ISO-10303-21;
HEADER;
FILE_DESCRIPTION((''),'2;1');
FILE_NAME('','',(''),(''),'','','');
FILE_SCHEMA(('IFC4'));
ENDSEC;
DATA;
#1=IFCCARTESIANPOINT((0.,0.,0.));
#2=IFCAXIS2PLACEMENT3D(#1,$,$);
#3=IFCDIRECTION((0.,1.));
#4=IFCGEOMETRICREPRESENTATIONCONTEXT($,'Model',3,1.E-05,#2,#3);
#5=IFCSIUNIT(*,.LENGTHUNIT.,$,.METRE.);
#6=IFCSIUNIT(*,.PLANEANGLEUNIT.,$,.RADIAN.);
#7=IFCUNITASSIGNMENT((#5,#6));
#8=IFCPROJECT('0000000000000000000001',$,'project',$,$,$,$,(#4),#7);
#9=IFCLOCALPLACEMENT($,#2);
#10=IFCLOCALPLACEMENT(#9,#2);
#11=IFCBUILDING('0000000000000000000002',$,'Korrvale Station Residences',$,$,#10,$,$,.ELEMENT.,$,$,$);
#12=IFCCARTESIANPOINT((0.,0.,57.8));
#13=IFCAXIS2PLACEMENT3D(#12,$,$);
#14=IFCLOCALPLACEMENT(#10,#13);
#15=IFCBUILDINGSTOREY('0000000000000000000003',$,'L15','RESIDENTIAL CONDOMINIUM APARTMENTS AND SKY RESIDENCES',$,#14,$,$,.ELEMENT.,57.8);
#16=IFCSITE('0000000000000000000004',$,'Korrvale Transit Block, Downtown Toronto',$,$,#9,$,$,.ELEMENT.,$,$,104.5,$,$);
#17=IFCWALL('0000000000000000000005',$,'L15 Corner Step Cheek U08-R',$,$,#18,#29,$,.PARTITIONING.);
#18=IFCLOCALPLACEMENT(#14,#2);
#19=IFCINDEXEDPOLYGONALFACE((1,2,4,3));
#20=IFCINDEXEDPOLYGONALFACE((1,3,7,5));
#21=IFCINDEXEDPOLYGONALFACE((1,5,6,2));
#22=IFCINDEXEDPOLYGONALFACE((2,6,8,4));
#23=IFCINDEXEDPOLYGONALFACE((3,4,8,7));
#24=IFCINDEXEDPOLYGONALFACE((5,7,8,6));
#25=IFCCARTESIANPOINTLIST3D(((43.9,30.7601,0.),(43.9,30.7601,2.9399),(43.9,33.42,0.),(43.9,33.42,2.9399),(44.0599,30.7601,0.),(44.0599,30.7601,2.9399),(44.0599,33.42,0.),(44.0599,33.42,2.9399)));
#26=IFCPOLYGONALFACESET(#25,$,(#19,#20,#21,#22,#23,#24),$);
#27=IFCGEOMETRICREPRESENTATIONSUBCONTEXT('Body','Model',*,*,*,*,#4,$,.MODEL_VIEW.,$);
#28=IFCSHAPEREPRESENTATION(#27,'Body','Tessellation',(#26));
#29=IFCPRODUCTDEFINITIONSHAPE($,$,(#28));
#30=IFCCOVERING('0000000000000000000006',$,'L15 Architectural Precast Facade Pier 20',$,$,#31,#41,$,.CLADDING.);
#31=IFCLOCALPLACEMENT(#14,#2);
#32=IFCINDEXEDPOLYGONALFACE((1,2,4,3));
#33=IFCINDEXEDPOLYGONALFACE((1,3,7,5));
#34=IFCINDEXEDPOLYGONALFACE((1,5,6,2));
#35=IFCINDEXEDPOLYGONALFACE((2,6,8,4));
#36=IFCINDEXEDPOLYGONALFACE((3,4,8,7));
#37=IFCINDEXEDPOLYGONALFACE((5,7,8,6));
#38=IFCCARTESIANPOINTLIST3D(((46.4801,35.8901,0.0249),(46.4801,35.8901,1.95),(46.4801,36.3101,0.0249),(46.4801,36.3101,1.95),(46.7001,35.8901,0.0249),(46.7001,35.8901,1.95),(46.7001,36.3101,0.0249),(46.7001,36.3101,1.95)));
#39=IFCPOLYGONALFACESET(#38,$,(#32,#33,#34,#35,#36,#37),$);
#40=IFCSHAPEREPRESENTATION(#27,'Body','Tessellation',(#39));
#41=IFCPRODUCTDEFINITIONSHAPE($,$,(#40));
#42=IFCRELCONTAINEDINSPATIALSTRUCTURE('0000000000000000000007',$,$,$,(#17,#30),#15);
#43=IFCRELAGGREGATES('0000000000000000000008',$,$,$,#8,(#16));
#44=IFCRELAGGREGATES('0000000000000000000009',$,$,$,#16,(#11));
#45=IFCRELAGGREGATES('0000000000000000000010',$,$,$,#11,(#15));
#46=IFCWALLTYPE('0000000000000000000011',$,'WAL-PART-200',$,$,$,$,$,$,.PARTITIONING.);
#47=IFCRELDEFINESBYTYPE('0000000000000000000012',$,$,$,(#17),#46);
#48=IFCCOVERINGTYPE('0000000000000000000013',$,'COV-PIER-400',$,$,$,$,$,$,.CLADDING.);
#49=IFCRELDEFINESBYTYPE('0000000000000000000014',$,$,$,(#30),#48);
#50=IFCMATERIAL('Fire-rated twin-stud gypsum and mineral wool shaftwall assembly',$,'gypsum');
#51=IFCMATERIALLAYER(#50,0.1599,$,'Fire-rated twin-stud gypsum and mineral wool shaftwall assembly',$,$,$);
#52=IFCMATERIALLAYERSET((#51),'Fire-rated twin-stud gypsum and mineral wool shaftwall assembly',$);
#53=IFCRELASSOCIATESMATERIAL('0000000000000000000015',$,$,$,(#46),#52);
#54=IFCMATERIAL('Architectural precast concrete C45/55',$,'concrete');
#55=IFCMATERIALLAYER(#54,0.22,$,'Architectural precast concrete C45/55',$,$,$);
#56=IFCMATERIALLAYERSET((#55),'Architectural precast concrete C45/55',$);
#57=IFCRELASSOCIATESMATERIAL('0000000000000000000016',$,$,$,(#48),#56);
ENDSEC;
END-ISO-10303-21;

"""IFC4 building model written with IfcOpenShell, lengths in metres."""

from ifc_helpers import new_model, si_unit, direction, frame, frame_2d, origin, origin_2d, place, context, subcontext, project, spatial, rectangle, extrude, material, layer, layer_set, type_object, element, save


model = new_model("IFC4")

# Units and contexts
model_context = context("Model", 3, precision=1e-05, world=origin(), true_north=direction((0.0, 1.0)))
body_context = subcontext(model_context, "Body", "Model", "MODEL_VIEW")
ifc_project = project(units=[si_unit("LENGTHUNIT", "METRE"), si_unit("PLANEANGLEUNIT", "RADIAN")], contexts=[model_context])

# Site, building, storey
site_placement = place(None, origin())
site = spatial("IfcSite", under=ifc_project, at=site_placement, Name="Korrvale Transit Block, Downtown Toronto", CompositionType="ELEMENT", RefElevation=104.5)
building_placement = place(site_placement, origin())
building = spatial("IfcBuilding", under=site, at=building_placement, Name="Korrvale Station Residences", CompositionType="ELEMENT")
storey_placement = place(building_placement, frame((0.0, 0.0, 57.8)))
storey = spatial("IfcBuildingStorey", under=building, at=storey_placement, Name="L15", Description="RESIDENTIAL CONDOMINIUM APARTMENTS AND SKY RESIDENCES", CompositionType="ELEMENT", Elevation=57.8)

# Wall
ifc_material_1 = material(Name="Fire-rated twin-stud gypsum and mineral wool shaftwall assembly", Category="gypsum")
ifc_layer_1 = layer(ifc_material_1, 0.1599, Name="Fire-rated twin-stud gypsum and mineral wool shaftwall assembly")
ifc_layer_set_1 = layer_set([ifc_layer_1], Name="Fire-rated twin-stud gypsum and mineral wool shaftwall assembly")
wall_type_1 = type_object("IfcWallType", Name="WAL-PART-200", PredefinedType="PARTITIONING", material=ifc_layer_set_1)
wall_1_placement = place(storey_placement, frame((43.98, 30.76, 0.0), z_axis=(0.0, 0.0, 1.0), x_axis=(0.0, 1.0, 0.0)))
element("IfcWall", 1, at=wall_1_placement, inside=storey, type_object=wall_type_1, Name="L15 Corner Step Cheek U08-R", PredefinedType="PARTITIONING", context=body_context, shape_type="SweptSolid", body=[
    extrude(rectangle(XDim=2.6599, YDim=0.1599, at=frame_2d((1.3301, 0.0))), origin(), (0.0, 0.0, 1.0), 2.9399),
])

# Covering
ifc_material_2 = material(Name="Architectural precast concrete C45/55", Category="concrete")
ifc_layer_2 = layer(ifc_material_2, 0.22, Name="Architectural precast concrete C45/55")
ifc_layer_set_2 = layer_set([ifc_layer_2], Name="Architectural precast concrete C45/55")
covering_type = type_object("IfcCoveringType", Name="COV-PIER-400", PredefinedType="CLADDING", material=ifc_layer_set_2)
covering_placement = place(storey_placement, frame((46.5901, 36.1001, 0.0249), z_axis=(0.0, 0.0, 1.0), x_axis=(0.0, 1.0, 0.0)))
element("IfcCovering", 2, at=covering_placement, inside=storey, type_object=covering_type, Name="L15 Architectural Precast Facade Pier 20", PredefinedType="CLADDING", context=body_context, shape_type="SweptSolid", body=[
    extrude(rectangle(XDim=0.4199, YDim=0.22, at=origin_2d()), origin(), (0.0, 0.0, 1.0), 1.925),
])

save(model, "model.ifc")
